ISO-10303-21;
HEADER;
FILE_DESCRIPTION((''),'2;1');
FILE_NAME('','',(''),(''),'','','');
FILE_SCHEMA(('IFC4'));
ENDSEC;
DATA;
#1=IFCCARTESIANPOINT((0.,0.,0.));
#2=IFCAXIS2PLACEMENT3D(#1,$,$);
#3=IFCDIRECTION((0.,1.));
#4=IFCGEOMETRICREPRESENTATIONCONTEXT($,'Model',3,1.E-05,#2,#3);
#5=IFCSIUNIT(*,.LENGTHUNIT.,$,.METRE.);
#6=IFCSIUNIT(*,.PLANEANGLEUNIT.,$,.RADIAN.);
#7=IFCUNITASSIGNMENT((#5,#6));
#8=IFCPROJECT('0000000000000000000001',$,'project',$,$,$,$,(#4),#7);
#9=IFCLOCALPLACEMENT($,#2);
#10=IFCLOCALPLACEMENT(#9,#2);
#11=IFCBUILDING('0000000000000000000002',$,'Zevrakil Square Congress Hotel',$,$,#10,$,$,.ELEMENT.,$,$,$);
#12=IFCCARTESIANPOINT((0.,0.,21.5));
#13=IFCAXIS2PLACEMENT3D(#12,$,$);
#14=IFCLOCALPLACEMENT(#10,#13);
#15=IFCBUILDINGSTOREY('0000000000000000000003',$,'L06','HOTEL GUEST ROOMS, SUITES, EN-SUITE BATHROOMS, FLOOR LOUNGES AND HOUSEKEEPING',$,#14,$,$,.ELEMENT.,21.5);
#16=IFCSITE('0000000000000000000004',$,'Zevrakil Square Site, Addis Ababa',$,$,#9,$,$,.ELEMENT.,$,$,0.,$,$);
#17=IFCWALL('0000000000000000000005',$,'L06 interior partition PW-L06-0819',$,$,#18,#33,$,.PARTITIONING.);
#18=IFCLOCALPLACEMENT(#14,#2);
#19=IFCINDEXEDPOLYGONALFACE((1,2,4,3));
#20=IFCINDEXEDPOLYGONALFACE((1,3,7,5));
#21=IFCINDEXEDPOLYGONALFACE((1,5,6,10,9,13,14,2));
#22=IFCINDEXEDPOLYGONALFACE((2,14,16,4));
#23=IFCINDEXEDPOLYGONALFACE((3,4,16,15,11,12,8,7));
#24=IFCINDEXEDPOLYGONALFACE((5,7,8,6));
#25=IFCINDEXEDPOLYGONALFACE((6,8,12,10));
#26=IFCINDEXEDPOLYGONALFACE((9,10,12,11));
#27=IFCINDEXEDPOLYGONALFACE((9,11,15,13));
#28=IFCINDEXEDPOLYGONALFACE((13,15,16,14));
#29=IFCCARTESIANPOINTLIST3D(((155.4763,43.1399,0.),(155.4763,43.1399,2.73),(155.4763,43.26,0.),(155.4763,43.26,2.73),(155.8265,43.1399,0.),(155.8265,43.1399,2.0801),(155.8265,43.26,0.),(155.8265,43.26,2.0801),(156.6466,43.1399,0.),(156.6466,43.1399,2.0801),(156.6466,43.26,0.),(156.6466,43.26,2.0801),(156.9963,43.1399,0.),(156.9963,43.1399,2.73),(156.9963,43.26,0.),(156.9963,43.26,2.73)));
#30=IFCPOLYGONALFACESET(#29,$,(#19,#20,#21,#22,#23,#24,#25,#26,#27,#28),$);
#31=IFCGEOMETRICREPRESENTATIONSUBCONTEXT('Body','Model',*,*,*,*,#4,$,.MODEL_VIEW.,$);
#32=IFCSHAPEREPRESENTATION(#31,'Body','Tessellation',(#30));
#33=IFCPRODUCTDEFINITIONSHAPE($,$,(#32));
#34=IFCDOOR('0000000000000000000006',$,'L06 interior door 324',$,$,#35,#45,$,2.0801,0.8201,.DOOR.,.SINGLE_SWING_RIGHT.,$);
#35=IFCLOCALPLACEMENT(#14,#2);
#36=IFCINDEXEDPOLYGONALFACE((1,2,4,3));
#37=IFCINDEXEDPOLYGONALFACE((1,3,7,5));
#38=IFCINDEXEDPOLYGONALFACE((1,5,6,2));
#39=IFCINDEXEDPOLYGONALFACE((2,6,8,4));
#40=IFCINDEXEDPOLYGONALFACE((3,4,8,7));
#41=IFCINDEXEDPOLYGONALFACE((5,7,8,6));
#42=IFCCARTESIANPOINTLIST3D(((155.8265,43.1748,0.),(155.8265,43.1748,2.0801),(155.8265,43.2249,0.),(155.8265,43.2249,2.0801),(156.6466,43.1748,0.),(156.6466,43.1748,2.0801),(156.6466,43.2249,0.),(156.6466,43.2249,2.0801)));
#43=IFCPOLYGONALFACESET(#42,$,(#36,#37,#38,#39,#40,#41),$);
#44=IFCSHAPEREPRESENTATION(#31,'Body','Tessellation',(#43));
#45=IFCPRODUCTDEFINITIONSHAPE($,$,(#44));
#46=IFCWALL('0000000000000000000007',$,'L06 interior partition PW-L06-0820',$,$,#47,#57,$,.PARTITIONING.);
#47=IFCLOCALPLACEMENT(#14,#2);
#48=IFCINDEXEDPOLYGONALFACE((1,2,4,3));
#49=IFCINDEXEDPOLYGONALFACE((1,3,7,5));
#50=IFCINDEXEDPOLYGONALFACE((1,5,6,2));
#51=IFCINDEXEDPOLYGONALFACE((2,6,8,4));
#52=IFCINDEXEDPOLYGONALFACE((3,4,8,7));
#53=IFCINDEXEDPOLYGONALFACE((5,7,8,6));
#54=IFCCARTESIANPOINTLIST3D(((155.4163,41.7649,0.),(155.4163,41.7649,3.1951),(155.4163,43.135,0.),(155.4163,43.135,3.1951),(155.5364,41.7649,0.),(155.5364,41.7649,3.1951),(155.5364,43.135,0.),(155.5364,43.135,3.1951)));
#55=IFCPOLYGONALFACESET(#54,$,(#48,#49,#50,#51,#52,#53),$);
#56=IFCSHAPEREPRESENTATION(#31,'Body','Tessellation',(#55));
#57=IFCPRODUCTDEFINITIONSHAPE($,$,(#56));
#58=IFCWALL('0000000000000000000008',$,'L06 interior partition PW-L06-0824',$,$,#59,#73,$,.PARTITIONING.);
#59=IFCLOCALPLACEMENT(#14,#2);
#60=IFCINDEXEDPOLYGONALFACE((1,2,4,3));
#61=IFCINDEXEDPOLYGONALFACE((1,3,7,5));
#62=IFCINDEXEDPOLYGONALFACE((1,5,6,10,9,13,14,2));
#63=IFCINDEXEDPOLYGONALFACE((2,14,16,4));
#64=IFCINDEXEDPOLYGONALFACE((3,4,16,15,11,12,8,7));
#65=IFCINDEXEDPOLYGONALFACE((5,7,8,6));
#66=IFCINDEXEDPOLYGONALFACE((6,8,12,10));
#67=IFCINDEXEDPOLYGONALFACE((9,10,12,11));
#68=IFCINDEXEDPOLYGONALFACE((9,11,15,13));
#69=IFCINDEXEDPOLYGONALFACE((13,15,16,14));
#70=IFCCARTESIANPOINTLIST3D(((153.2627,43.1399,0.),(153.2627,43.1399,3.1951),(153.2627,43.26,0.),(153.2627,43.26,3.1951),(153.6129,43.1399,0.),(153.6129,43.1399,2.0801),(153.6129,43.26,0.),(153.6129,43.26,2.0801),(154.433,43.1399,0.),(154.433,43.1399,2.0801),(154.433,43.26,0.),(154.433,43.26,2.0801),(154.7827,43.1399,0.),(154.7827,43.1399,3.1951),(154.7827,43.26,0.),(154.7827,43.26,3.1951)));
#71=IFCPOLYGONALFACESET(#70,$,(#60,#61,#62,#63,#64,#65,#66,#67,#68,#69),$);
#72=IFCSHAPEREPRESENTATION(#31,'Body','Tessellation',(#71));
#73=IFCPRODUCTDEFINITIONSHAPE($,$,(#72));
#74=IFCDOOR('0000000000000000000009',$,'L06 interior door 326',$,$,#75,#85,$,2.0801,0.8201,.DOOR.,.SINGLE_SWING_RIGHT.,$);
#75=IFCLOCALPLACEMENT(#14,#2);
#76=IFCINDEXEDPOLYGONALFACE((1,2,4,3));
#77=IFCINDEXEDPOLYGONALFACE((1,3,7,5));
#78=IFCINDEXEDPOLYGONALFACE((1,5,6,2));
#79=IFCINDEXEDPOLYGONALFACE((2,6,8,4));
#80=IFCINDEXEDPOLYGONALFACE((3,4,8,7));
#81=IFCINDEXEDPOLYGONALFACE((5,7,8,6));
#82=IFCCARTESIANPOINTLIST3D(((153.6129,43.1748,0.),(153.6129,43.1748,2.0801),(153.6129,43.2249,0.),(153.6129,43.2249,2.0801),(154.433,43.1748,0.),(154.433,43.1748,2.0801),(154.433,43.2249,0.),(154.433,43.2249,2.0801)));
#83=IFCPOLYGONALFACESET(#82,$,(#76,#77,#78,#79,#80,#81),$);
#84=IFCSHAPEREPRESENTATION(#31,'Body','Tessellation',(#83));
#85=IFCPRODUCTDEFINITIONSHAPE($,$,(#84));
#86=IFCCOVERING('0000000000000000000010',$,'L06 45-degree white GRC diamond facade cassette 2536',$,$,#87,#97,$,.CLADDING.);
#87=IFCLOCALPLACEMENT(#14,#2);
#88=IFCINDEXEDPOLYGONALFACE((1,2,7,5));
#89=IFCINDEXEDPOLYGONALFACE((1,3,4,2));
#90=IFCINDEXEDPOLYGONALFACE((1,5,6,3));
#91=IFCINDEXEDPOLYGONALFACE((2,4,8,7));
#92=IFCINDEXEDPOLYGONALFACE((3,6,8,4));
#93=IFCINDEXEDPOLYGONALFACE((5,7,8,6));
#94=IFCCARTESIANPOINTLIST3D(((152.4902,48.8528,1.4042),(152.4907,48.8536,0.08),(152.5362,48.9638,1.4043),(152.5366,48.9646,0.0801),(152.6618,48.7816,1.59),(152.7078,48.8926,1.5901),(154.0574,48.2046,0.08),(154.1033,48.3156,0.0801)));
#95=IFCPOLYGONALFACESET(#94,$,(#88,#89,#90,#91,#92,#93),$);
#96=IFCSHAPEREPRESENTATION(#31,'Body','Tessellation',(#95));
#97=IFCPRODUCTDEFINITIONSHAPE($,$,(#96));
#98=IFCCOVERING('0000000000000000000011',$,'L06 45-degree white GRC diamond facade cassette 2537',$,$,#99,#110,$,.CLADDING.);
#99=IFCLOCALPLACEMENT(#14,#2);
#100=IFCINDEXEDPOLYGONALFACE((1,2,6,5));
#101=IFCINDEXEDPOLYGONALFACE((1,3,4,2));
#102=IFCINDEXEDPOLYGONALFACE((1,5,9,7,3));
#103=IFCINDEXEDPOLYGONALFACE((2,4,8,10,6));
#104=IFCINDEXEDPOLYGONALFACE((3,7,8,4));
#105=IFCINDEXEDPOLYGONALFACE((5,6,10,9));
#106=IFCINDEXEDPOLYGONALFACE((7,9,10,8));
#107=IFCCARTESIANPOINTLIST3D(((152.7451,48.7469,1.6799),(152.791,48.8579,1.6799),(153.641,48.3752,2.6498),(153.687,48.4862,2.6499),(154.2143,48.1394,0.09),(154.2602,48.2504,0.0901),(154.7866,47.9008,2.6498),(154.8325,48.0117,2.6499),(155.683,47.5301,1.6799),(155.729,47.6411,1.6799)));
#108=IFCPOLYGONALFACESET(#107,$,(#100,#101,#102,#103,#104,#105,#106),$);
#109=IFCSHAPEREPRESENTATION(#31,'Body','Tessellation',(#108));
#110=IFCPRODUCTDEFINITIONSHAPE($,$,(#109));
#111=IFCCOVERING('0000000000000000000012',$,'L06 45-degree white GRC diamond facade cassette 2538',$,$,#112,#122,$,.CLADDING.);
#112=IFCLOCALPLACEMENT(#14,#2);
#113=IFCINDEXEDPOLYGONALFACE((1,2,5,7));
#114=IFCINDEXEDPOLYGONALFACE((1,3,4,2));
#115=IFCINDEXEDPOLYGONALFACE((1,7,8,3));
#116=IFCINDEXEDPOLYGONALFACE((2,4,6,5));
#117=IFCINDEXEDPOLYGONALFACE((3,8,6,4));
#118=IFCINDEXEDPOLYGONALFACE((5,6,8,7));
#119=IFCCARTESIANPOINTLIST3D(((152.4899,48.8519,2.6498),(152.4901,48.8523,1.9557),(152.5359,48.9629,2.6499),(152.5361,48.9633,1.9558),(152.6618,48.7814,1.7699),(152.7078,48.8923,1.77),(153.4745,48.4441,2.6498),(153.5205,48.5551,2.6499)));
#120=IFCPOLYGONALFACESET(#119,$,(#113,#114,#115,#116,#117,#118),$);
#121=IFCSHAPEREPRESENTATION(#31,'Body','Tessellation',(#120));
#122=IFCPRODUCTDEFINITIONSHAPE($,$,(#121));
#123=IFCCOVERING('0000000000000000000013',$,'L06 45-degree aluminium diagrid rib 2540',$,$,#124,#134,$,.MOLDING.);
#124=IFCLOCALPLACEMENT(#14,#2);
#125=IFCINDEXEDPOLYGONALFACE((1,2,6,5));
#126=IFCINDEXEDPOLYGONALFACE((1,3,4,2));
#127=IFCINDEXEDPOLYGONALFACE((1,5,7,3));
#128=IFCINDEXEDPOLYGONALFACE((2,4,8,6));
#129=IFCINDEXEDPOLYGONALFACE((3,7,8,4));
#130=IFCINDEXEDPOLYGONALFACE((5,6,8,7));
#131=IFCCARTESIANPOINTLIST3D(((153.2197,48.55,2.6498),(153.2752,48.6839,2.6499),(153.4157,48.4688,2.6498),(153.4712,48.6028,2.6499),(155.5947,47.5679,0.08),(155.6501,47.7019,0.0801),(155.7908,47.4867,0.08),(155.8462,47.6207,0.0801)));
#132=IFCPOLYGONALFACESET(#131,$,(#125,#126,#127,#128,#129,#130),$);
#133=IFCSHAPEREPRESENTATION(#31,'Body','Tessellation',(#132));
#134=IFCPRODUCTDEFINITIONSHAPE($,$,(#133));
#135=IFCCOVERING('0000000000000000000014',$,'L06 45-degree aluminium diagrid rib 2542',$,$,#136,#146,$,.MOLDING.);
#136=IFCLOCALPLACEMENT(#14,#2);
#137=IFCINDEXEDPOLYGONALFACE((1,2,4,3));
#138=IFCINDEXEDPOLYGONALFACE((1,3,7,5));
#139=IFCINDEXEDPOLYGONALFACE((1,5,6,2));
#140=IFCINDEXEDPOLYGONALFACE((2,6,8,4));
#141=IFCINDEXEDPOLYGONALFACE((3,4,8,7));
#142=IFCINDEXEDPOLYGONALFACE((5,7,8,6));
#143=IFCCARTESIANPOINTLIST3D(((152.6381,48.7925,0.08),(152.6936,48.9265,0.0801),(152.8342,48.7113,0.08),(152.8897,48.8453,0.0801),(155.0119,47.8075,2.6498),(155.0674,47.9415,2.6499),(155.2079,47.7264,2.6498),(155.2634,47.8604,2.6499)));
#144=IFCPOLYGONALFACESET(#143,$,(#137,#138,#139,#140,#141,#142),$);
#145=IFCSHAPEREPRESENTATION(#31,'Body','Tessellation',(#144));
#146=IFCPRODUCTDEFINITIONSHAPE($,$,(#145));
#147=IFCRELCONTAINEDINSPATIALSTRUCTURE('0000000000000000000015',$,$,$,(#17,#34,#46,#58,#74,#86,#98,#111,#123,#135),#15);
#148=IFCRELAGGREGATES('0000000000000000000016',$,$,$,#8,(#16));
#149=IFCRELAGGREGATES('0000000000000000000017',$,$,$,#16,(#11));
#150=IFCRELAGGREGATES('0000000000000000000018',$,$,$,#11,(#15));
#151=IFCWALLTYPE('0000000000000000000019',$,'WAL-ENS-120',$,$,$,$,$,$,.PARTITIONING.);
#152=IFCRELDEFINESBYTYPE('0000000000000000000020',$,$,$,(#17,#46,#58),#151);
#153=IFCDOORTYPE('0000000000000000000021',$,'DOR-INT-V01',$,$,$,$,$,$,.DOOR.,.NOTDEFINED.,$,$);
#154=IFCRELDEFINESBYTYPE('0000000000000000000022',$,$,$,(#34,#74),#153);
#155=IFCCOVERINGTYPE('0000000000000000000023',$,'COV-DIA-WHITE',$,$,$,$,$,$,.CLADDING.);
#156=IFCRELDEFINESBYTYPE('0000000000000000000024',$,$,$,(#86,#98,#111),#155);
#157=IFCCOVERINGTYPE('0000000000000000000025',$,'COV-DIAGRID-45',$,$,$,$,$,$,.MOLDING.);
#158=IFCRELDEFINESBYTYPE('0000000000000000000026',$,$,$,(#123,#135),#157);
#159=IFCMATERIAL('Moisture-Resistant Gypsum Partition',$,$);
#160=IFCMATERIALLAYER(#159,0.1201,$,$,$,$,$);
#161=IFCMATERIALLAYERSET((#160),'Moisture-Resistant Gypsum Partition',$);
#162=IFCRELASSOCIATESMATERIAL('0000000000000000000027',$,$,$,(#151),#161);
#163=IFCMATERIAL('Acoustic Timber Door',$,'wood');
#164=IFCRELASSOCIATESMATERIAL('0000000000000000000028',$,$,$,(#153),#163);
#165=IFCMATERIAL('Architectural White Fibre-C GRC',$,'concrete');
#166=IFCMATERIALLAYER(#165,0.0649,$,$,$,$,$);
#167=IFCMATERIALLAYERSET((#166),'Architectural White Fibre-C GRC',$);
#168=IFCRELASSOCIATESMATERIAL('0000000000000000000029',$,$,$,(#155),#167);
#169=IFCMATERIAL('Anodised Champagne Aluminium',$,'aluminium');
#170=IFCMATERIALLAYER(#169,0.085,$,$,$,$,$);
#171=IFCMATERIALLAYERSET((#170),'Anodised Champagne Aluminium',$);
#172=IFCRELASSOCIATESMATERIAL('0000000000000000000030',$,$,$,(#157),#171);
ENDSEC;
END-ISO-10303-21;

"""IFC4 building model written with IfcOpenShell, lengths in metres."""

from ifc_helpers import new_model, si_unit, direction, frame, frame_2d, origin, place, context, subcontext, project, spatial, polyline, rectangle, outline, extrude, material, layer, layer_set, type_object, element, fill, save


model = new_model("IFC4")

# Units and contexts
model_context = context("Model", 3, precision=1e-05, world=origin(), true_north=direction((0.0, 1.0)))
body_context = subcontext(model_context, "Body", "Model", "MODEL_VIEW")
ifc_project = project(units=[si_unit("LENGTHUNIT", "METRE"), si_unit("PLANEANGLEUNIT", "RADIAN")], contexts=[model_context])

# Site, building, storey
site_placement = place(None, origin())
site = spatial("IfcSite", under=ifc_project, at=site_placement, Name="Zevrakil Square Site, Addis Ababa", CompositionType="ELEMENT", RefElevation=0.0)
building_placement = place(site_placement, origin())
building = spatial("IfcBuilding", under=site, at=building_placement, Name="Zevrakil Square Congress Hotel", CompositionType="ELEMENT")
storey_placement = place(building_placement, frame((0.0, 0.0, 21.5)))
storey = spatial("IfcBuildingStorey", under=building, at=storey_placement, Name="L06", Description="HOTEL GUEST ROOMS, SUITES, EN-SUITE BATHROOMS, FLOOR LOUNGES AND HOUSEKEEPING", CompositionType="ELEMENT", Elevation=21.5)

# Wall, opening, door
ifc_material_1 = material(Name="Moisture-Resistant Gypsum Partition")
ifc_layer_1 = layer(ifc_material_1, 0.1201)
ifc_layer_set_1 = layer_set([ifc_layer_1], Name="Moisture-Resistant Gypsum Partition")
wall_type = type_object("IfcWallType", Name="WAL-ENS-120", PredefinedType="PARTITIONING", material=ifc_layer_set_1)
wall_1_placement = place(storey_placement, frame((155.4763, 43.2, 0.0), z_axis=(0.0, 0.0, 1.0), x_axis=(1.0, 0.0, 0.0)))
wall_1 = element("IfcWall", 1, at=wall_1_placement, inside=storey, type_object=wall_type, Name="L06 interior partition PW-L06-0819", PredefinedType="PARTITIONING", context=body_context, shape_type="SweptSolid", body=[
    extrude(rectangle(XDim=1.52, YDim=0.1201, at=frame_2d((0.76, 0.0))), origin(), (0.0, 0.0, 1.0), 2.73),
])
opening_1_placement = place(wall_1_placement, frame((0.3501, 0.0, 0.0)))
opening_1 = element("IfcOpeningElement", 2, at=opening_1_placement, cuts=wall_1, PredefinedType="OPENING", context=body_context, shape_type="SweptSolid", body=[
    extrude(rectangle(XDim=0.8201, YDim=2.0801, at=frame_2d((0.4102, 1.04))), frame((0.0, 0.0701, 0.0), z_axis=(0.0, -1.0, 0.0), x_axis=(1.0, 0.0, 0.0)), (0.0, 0.0, 1.0), 0.1401),
])
ifc_material_2 = material(Name="Acoustic Timber Door", Category="wood")
door_type = type_object("IfcDoorType", Name="DOR-INT-V01", OperationType="NOTDEFINED", PredefinedType="DOOR", material=ifc_material_2)
door_1_placement = place(opening_1_placement, origin())
door_1 = element("IfcDoor", 3, at=door_1_placement, inside=storey, type_object=door_type, Name="L06 interior door 324", OperationType="SINGLE_SWING_RIGHT", OverallHeight=2.0801, OverallWidth=0.8201, PredefinedType="DOOR", context=body_context, shape_type="SweptSolid", body=[
    extrude(rectangle(XDim=0.8201, YDim=2.0801, at=frame_2d((0.4102, 1.04))), frame((0.0, 0.0249, 0.0), z_axis=(0.0, -1.0, 0.0), x_axis=(1.0, 0.0, 0.0)), (0.0, 0.0, 1.0), 0.05),
])
fill(opening_1, door_1)

# Wall
wall_2_placement = place(storey_placement, frame((155.4763, 41.7649, 0.0), z_axis=(0.0, 0.0, 1.0), x_axis=(0.0, 1.0, 0.0)))
element("IfcWall", 4, at=wall_2_placement, inside=storey, type_object=wall_type, Name="L06 interior partition PW-L06-0820", PredefinedType="PARTITIONING", context=body_context, shape_type="SweptSolid", body=[
    extrude(rectangle(XDim=1.3701, YDim=0.1201, at=frame_2d((0.6851, 0.0))), origin(), (0.0, 0.0, 1.0), 3.1951),
])

# Wall, opening, door
wall_3_placement = place(storey_placement, frame((153.2627, 43.2, 0.0), z_axis=(0.0, 0.0, 1.0), x_axis=(1.0, 0.0, 0.0)))
wall_3 = element("IfcWall", 5, at=wall_3_placement, inside=storey, type_object=wall_type, Name="L06 interior partition PW-L06-0824", PredefinedType="PARTITIONING", context=body_context, shape_type="SweptSolid", body=[
    extrude(rectangle(XDim=1.52, YDim=0.1201, at=frame_2d((0.76, 0.0))), origin(), (0.0, 0.0, 1.0), 3.1951),
])
opening_2_placement = place(wall_3_placement, frame((0.3501, 0.0, 0.0)))
opening_2 = element("IfcOpeningElement", 6, at=opening_2_placement, cuts=wall_3, PredefinedType="OPENING", context=body_context, shape_type="SweptSolid", body=[
    extrude(rectangle(XDim=0.8201, YDim=2.0801, at=frame_2d((0.4102, 1.04))), frame((0.0, 0.0701, 0.0), z_axis=(0.0, -1.0, 0.0), x_axis=(1.0, 0.0, 0.0)), (0.0, 0.0, 1.0), 0.1401),
])
door_2_placement = place(opening_2_placement, origin())
door_2 = element("IfcDoor", 7, at=door_2_placement, inside=storey, type_object=door_type, Name="L06 interior door 326", OperationType="SINGLE_SWING_RIGHT", OverallHeight=2.0801, OverallWidth=0.8201, PredefinedType="DOOR", context=body_context, shape_type="SweptSolid", body=[
    extrude(rectangle(XDim=0.8201, YDim=2.0801, at=frame_2d((0.4102, 1.04))), frame((0.0, 0.0249, 0.0), z_axis=(0.0, -1.0, 0.0), x_axis=(1.0, 0.0, 0.0)), (0.0, 0.0, 1.0), 0.05),
])
fill(opening_2, door_2)

# Coverings
ifc_material_3 = material(Name="Architectural White Fibre-C GRC", Category="concrete")
ifc_layer_2 = layer(ifc_material_3, 0.0649)
ifc_layer_set_2 = layer_set([ifc_layer_2], Name="Architectural White Fibre-C GRC")
covering_type_1 = type_object("IfcCoveringType", Name="COV-DIA-WHITE", PredefinedType="CLADDING", material=ifc_layer_set_2)
covering_1_placement = place(storey_placement, frame((152.7078, 48.8926, 1.5901), z_axis=(0.382709, 0.923869, 0.000689), x_axis=(-0.653022, 0.271039, -0.707177)))
element("IfcCovering", 8, at=covering_1_placement, inside=storey, type_object=covering_type_1, Name="L06 45-degree white GRC diamond facade cassette 2536", PredefinedType="CLADDING", context=body_context, shape_type="SweptSolid", body=[
    extrude(outline(polyline([(0.0, 0.0), (0.2627, 0.0), (1.1991, -0.9363), (0.0001, -2.1356), (0.0, 0.0)])), origin(), (0.0, 0.0, -1.0), 0.1201),
])
covering_2_placement = place(storey_placement, frame((152.791, 48.8579, 1.6799), z_axis=(0.382658, 0.92389, 0.000596), x_axis=(0.653452, -0.270191, -0.707105)))
element("IfcCovering", 9, at=covering_2_placement, inside=storey, type_object=covering_type_1, Name="L06 45-degree white GRC diamond facade cassette 2537", PredefinedType="CLADDING", context=body_context, shape_type="SweptSolid", body=[
    extrude(outline(polyline([(0.0, 0.0), (2.2484, 0.0), (2.2486, -2.2486), (0.8768, -2.2485), (0.0, -1.3718), (0.0, 0.0)])), origin(), (0.0, 0.0, -1.0), 0.1201),
])
covering_3_placement = place(storey_placement, frame((152.7078, 48.8923, 1.77), z_axis=(0.382655, 0.923891, 0.000662), x_axis=(0.653118, -0.271013, 0.707099)))
element("IfcCovering", 10, at=covering_3_placement, inside=storey, type_object=covering_type_1, Name="L06 45-degree white GRC diamond facade cassette 2538", PredefinedType="CLADDING", context=body_context, shape_type="SweptSolid", body=[
    extrude(outline(polyline([(0.0, 0.0), (1.2444, 0.0), (0.4908, -0.7536), (0.0, -0.2627), (0.0, 0.0)])), origin(), (0.0, 0.0, -1.0), 0.1201),
])
ifc_material_4 = material(Name="Anodised Champagne Aluminium", Category="aluminium")
ifc_layer_3 = layer(ifc_material_4, 0.085)
ifc_layer_set_3 = layer_set([ifc_layer_3], Name="Anodised Champagne Aluminium")
covering_type_2 = type_object("IfcCoveringType", Name="COV-DIAGRID-45", PredefinedType="MOLDING", material=ifc_layer_set_3)
covering_4_placement = place(storey_placement, frame((155.6501, 47.7019, 0.0801), z_axis=(0.382572, 0.923926, 0.000491), x_axis=(0.923926, -0.382572, 0.0)))
element("IfcCovering", 11, at=covering_4_placement, inside=storey, type_object=covering_type_2, Name="L06 45-degree aluminium diagrid rib 2540", PredefinedType="MOLDING", context=body_context, shape_type="SweptSolid", body=[
    extrude(outline(polyline([(0.0, 0.0), (0.2122, 0.0), (-2.3578, -2.5698), (-2.57, -2.5698), (0.0, 0.0)])), origin(), (0.0, 0.0, -1.0), 0.145),
])
covering_5_placement = place(storey_placement, frame((155.2634, 47.8604, 2.6499), z_axis=(0.382572, 0.923925, 0.000744), x_axis=(-0.923926, 0.382572, 0.0)))
element("IfcCovering", 12, at=covering_5_placement, inside=storey, type_object=covering_type_2, Name="L06 45-degree aluminium diagrid rib 2542", PredefinedType="MOLDING", context=body_context, shape_type="SweptSolid", body=[
    extrude(outline(polyline([(0.0, 0.0), (0.2121, 0.0), (2.7822, -2.5698), (2.57, -2.5698), (0.0, 0.0)])), origin(), (0.0, 0.0, -1.0), 0.145),
])

save(model, "model.ifc")
